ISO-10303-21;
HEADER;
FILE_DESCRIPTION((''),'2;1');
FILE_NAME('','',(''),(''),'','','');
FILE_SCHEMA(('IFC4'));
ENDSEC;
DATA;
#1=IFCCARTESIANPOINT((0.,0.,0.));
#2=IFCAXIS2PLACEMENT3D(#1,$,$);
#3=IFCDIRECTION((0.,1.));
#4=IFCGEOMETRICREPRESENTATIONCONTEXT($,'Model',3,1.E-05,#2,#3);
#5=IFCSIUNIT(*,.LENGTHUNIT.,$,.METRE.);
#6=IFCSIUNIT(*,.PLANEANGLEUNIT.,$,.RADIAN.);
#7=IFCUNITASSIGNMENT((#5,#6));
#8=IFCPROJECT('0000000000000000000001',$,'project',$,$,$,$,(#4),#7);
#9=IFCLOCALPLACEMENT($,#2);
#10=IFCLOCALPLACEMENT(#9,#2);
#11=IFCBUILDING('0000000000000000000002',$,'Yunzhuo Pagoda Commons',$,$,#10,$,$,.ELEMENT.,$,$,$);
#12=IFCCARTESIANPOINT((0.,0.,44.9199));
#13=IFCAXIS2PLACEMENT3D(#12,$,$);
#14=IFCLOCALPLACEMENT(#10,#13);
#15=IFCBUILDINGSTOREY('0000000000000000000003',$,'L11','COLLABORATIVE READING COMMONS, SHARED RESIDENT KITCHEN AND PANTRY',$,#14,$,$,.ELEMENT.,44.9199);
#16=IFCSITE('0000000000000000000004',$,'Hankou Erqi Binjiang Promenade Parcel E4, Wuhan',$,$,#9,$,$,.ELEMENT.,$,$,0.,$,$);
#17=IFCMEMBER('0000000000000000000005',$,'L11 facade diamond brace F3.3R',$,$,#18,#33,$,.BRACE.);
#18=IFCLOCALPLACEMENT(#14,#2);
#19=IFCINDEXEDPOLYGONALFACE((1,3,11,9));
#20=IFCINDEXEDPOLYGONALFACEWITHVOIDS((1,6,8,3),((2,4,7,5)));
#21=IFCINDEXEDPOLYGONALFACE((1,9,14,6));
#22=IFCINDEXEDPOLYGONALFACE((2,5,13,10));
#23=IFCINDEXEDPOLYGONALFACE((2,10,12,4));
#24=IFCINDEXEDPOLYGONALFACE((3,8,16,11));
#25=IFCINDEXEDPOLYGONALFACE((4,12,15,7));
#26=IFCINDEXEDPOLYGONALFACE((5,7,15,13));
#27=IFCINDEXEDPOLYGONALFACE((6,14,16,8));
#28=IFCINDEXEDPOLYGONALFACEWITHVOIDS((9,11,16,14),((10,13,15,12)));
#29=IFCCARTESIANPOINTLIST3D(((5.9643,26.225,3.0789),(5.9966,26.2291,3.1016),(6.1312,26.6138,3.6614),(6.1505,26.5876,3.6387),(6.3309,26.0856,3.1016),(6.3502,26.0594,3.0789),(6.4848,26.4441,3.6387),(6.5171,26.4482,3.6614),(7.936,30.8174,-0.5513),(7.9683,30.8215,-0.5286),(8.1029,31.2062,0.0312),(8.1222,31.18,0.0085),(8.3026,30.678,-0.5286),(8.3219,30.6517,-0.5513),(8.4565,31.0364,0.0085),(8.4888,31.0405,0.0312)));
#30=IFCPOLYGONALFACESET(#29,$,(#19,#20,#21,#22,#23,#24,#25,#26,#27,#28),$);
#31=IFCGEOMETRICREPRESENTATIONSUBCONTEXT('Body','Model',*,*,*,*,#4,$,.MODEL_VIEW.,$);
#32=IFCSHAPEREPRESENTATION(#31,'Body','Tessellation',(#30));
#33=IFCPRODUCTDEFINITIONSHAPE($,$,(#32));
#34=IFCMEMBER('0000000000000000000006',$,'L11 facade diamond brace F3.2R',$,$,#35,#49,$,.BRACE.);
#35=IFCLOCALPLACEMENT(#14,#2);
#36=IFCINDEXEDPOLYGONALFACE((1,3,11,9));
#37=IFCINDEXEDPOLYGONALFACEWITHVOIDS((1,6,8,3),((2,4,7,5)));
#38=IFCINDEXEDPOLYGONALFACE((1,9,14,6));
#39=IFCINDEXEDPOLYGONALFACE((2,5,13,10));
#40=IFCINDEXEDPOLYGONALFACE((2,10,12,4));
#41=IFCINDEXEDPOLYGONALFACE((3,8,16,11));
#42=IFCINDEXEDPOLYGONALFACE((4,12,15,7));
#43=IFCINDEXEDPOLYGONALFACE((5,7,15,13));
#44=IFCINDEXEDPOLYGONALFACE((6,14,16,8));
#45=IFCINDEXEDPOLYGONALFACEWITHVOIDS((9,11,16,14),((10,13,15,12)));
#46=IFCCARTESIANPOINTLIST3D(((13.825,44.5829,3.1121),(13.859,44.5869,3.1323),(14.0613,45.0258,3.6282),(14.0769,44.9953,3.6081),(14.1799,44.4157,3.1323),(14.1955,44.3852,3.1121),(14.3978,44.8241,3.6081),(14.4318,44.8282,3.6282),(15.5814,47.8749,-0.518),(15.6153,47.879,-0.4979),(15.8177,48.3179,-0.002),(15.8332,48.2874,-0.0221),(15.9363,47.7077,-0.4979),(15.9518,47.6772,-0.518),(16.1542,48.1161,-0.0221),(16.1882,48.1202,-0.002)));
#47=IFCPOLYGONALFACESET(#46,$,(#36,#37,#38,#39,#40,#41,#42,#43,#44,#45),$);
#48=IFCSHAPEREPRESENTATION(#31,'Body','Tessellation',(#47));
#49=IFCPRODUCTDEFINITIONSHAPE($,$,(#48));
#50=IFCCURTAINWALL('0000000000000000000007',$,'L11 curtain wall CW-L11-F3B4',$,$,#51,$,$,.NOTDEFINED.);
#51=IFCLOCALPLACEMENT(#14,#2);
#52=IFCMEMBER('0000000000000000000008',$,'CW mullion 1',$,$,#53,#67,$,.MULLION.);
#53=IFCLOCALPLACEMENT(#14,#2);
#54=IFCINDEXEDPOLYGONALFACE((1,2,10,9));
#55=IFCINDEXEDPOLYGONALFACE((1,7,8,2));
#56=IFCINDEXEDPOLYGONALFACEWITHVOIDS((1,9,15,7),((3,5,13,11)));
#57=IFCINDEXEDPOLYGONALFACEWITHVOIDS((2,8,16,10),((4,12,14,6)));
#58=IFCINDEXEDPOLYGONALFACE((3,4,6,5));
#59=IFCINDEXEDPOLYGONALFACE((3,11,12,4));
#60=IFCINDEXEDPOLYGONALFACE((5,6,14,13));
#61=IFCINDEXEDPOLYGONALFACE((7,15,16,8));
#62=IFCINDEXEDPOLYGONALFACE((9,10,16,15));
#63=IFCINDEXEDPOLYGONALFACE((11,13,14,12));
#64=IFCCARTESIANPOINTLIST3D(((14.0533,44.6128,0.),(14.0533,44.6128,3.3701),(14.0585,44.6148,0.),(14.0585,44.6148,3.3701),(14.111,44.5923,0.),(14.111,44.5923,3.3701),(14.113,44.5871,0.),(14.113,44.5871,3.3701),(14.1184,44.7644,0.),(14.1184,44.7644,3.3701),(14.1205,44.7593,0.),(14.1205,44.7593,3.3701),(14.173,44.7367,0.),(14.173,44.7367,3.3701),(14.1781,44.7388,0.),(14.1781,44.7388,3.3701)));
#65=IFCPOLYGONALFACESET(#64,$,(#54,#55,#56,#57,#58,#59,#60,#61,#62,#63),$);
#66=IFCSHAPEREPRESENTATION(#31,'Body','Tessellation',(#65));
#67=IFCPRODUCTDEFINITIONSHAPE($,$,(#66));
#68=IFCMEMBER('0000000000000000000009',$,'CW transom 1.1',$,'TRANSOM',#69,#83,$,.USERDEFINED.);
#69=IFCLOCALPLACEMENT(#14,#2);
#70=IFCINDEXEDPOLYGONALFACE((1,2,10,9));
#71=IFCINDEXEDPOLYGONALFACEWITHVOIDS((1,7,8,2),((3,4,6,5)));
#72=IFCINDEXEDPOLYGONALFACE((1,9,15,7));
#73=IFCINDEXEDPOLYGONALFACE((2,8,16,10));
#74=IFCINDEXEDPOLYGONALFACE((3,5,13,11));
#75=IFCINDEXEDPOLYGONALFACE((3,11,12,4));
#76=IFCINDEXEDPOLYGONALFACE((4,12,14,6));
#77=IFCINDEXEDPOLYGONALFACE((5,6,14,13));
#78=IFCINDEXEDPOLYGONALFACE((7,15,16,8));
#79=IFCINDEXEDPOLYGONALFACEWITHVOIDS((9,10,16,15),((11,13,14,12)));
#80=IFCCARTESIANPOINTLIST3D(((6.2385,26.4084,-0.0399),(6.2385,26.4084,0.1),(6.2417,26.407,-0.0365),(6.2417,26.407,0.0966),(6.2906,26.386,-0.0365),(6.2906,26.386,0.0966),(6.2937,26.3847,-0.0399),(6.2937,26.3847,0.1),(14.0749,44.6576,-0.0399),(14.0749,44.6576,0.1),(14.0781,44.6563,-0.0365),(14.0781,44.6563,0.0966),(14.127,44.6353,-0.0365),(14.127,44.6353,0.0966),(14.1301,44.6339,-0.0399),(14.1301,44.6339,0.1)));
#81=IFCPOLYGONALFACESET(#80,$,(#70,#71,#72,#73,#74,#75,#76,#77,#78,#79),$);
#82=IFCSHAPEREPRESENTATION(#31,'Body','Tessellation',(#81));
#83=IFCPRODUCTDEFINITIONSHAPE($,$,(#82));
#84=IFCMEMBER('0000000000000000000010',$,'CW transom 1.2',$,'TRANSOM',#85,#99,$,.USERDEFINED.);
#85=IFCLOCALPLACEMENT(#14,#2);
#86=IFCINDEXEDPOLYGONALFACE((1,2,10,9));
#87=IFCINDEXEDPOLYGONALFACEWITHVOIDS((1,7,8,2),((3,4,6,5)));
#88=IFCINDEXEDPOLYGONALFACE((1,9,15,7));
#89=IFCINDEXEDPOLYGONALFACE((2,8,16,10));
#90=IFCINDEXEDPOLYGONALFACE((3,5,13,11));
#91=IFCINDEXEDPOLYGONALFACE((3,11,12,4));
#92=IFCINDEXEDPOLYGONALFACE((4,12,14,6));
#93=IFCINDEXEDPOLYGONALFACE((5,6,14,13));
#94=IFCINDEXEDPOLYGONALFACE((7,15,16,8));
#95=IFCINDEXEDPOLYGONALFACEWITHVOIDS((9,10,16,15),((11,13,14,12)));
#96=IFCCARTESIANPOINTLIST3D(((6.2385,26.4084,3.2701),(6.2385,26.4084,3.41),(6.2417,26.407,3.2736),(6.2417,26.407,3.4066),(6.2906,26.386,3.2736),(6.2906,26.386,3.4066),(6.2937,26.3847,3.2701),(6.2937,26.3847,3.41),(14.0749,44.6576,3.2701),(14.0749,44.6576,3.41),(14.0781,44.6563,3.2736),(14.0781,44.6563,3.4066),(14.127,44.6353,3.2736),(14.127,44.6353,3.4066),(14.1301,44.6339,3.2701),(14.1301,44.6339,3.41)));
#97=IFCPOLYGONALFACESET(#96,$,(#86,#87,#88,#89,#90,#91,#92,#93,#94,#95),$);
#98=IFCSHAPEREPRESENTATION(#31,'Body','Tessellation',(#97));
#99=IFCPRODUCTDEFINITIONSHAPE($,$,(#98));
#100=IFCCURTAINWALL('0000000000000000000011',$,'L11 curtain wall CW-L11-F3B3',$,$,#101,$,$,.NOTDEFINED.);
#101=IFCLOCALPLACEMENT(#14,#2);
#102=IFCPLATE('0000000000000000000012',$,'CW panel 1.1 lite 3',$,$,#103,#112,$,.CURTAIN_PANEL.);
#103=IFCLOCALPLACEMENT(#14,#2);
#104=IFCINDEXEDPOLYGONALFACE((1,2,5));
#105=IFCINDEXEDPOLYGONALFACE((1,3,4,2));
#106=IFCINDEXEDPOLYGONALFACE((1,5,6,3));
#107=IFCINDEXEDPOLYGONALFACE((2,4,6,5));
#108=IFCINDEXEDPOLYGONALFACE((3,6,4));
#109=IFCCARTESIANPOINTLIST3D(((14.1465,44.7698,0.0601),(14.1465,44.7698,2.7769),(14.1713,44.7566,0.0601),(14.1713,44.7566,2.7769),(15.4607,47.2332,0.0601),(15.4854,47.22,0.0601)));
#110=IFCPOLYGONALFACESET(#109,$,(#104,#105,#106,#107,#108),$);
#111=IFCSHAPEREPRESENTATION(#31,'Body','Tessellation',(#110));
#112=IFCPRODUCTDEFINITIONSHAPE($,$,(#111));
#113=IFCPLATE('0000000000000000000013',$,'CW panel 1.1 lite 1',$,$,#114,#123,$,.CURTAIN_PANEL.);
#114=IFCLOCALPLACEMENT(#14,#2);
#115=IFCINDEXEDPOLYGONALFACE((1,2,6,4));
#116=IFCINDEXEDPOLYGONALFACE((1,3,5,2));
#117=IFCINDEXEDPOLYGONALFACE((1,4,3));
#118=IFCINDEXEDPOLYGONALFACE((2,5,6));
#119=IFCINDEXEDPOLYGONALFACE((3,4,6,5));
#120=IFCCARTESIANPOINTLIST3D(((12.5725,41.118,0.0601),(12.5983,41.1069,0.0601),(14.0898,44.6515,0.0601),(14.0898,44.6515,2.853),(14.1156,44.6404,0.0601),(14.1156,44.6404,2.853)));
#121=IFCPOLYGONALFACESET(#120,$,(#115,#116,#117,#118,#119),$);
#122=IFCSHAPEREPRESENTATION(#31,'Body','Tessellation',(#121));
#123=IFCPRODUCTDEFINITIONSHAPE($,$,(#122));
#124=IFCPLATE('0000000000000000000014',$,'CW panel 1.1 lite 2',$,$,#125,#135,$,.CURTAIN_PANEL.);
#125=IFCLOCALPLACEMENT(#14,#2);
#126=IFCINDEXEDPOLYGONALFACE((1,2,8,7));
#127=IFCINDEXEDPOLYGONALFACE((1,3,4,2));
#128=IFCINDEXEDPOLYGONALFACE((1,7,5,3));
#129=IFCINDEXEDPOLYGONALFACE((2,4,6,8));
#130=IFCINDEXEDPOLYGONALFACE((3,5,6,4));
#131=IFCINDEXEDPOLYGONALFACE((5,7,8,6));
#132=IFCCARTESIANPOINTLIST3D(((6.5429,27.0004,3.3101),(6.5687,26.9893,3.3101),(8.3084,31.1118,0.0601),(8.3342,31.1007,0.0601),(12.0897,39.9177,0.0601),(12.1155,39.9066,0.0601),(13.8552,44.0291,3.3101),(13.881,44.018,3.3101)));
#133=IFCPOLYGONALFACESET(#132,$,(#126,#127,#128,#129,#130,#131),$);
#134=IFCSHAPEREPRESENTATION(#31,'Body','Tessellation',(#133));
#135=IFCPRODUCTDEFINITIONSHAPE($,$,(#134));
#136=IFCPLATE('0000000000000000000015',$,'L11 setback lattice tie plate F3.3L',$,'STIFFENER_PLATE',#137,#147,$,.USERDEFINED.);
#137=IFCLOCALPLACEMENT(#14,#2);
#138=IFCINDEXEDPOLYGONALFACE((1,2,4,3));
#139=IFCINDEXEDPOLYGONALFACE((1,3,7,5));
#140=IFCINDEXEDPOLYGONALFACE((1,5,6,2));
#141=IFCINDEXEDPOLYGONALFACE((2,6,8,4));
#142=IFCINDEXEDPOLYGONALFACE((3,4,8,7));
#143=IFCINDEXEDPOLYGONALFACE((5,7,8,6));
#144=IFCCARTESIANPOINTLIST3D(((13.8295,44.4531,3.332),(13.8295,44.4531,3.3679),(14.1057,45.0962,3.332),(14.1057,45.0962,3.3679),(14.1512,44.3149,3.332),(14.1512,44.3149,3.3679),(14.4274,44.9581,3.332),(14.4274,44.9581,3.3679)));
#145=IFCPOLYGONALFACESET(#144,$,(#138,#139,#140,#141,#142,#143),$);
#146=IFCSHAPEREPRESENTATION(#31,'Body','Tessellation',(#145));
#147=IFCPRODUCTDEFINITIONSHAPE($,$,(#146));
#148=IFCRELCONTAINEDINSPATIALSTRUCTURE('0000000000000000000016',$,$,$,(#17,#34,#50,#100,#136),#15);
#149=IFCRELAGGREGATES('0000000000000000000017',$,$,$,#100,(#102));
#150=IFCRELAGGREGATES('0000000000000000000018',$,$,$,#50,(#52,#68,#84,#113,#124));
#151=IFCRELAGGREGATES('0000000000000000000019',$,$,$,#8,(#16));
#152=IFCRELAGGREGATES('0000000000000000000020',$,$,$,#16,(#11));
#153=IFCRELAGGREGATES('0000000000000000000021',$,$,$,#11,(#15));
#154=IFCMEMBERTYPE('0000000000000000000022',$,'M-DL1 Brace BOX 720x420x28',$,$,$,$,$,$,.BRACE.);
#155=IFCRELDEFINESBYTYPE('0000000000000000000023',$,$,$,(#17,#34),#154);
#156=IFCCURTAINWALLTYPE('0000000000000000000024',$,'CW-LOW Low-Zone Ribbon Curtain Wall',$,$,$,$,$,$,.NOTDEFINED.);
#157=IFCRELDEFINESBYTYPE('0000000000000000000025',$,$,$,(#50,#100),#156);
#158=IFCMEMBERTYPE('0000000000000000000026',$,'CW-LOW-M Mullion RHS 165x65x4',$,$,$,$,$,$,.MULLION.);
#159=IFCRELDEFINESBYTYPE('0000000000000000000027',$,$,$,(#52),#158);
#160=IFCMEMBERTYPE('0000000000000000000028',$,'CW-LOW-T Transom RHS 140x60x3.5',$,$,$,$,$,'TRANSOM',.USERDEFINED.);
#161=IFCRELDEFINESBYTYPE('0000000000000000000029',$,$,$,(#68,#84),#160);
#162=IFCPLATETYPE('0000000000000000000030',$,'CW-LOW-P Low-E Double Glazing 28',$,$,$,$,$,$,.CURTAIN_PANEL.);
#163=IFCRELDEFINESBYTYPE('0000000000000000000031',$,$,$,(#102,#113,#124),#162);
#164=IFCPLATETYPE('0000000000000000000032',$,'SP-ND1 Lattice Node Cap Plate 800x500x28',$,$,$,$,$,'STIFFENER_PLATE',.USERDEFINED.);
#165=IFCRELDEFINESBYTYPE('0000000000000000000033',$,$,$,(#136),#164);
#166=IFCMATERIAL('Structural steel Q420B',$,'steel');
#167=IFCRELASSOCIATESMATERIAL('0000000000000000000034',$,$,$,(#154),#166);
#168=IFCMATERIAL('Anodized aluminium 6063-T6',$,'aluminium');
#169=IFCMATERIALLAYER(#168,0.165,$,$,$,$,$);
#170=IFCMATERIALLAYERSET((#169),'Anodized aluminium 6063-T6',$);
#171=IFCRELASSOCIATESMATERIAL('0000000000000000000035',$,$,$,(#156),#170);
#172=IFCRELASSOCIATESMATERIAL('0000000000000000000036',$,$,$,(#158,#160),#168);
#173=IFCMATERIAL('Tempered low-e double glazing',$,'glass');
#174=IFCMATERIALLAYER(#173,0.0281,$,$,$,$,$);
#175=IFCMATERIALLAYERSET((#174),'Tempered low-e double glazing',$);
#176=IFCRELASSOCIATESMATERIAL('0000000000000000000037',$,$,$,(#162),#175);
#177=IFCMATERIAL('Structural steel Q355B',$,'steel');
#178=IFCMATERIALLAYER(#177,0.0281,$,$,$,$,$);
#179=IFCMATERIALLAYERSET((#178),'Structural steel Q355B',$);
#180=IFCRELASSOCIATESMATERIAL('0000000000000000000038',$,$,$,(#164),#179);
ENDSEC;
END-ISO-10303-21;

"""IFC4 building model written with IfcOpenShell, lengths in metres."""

from ifc_helpers import new_model, si_unit, direction, frame, origin, origin_2d, place, context, subcontext, project, spatial, polyline, rectangle, hollow_rectangle, outline, extrude, source, transform, mapped, material, layer, layer_set, material_profile, profile_set, type_object, element, aggregate, save


model = new_model("IFC4")

# Units and contexts
model_context = context("Model", 3, precision=1e-05, world=origin(), true_north=direction((0.0, 1.0)))
body_context = subcontext(model_context, "Body", "Model", "MODEL_VIEW")
ifc_project = project(units=[si_unit("LENGTHUNIT", "METRE"), si_unit("PLANEANGLEUNIT", "RADIAN")], contexts=[model_context])

# Site, building, storey
site_placement = place(None, origin())
site = spatial("IfcSite", under=ifc_project, at=site_placement, Name="Hankou Erqi Binjiang Promenade Parcel E4, Wuhan", CompositionType="ELEMENT", RefElevation=0.0)
building_placement = place(site_placement, origin())
building = spatial("IfcBuilding", under=site, at=building_placement, Name="Yunzhuo Pagoda Commons", CompositionType="ELEMENT")
storey_placement = place(building_placement, frame((0.0, 0.0, 44.9199)))
storey = spatial("IfcBuildingStorey", under=building, at=storey_placement, Name="L11", Description="COLLABORATIVE READING COMMONS, SHARED RESIDENT KITCHEN AND PANTRY", CompositionType="ELEMENT", Elevation=44.9199)

# Shared definitions
ifc_material_1 = material(Name="Structural steel Q420B", Category="steel")

# Shared definitions
ifc_material_2 = material(Name="Structural steel Q355B", Category="steel")

# Members
ifc_material_profile_1 = material_profile(ifc_material_1, hollow_rectangle(XDim=0.4199, YDim=0.72, WallThickness=0.0281, at=origin_2d()), Name="Structural steel Q420B")
ifc_profile_set_1 = profile_set([ifc_material_profile_1], Name="Structural steel Q420B")
member_type_1 = type_object("IfcMemberType", Name="M-DL1 Brace BOX 720x420x28", PredefinedType="BRACE", material=ifc_profile_set_1)
shared_shape_1 = source(origin(), body_context, "Body", "SweptSolid", [
    extrude(hollow_rectangle(XDim=0.4199, YDim=0.72, WallThickness=0.0281, at=origin_2d()), origin(), (0.0, 0.0, 1.0), 6.177),
])
for number, where, z_axis, x_axis, name in (
    (1, (8.2124, 30.929, -0.26), (-0.319201, -0.743458, 0.587691), (0.918887, -0.394521, 0.0), "L11 facade diamond brace F3.3R"),
):
    element("IfcMember", number, at=place(storey_placement, frame(where, z_axis=z_axis, x_axis=x_axis)), inside=storey, type_object=member_type_1, Name=name, PredefinedType="BRACE", context=body_context, shape_type="MappedRepresentation", body=[
        mapped(shared_shape_1, transform((0.0, 0.0, 0.0), scale=1.0)),
    ])
shared_shape_2 = source(origin(), body_context, "Body", "SweptSolid", [
    extrude(hollow_rectangle(XDim=0.4199, YDim=0.72, WallThickness=0.0281, at=origin_2d()), origin(), (0.0, 0.0, 1.0), 5.2058),
])
member_1_placement = place(storey_placement, frame((15.8848, 47.9976, -0.26), z_axis=(-0.337386, -0.632377, 0.697331), x_axis=(0.882284, -0.470717, 0.0)))
element("IfcMember", 2, at=member_1_placement, inside=storey, type_object=member_type_1, Name="L11 facade diamond brace F3.2R", PredefinedType="BRACE", context=body_context, shape_type="MappedRepresentation", body=[
    mapped(shared_shape_2, transform((0.0, 0.0, 0.0), scale=1.0)),
])

# Curtain wall, members
ifc_material_3 = material(Name="Anodized aluminium 6063-T6", Category="aluminium")
ifc_layer_1 = layer(ifc_material_3, 0.165)
ifc_layer_set_1 = layer_set([ifc_layer_1], Name="Anodized aluminium 6063-T6")
curtain_wall_type = type_object("IfcCurtainWallType", Name="CW-LOW Low-Zone Ribbon Curtain Wall", PredefinedType="NOTDEFINED", material=ifc_layer_set_1)
curtain_wall_1_placement = place(storey_placement, origin())
curtain_wall_1 = element("IfcCurtainWall", 3, at=curtain_wall_1_placement, inside=storey, type_object=curtain_wall_type, Name="L11 curtain wall CW-L11-F3B4", PredefinedType="NOTDEFINED")
ifc_material_profile_2 = material_profile(ifc_material_3, hollow_rectangle(XDim=0.0649, YDim=0.165, WallThickness=0.0039, at=origin_2d()), Name="Anodized aluminium 6063-T6")
ifc_profile_set_2 = profile_set([ifc_material_profile_2], Name="Anodized aluminium 6063-T6")
member_type_2 = type_object("IfcMemberType", Name="CW-LOW-M Mullion RHS 165x65x4", PredefinedType="MULLION", material=ifc_profile_set_2)
shared_shape_3 = source(origin(), body_context, "Body", "SweptSolid", [
    extrude(hollow_rectangle(XDim=0.0649, YDim=0.165, WallThickness=0.0039, at=origin_2d()), origin(), (0.0, 0.0, 1.0), 3.3701),
])
member_2_placement = place(storey_placement, frame((14.1157, 44.6758, 0.0), z_axis=(0.0, 0.0, 1.0), x_axis=(0.918866, -0.394571, 0.0)))
member_2 = element("IfcMember", 4, at=member_2_placement, type_object=member_type_2, Name="CW mullion 1", PredefinedType="MULLION", context=body_context, shape_type="MappedRepresentation", body=[
    mapped(shared_shape_3, transform((0.0, 0.0, 0.0), scale=1.0)),
])
ifc_material_profile_3 = material_profile(ifc_material_3, hollow_rectangle(XDim=0.0601, YDim=0.1399, WallThickness=0.0034, at=origin_2d()), Name="Anodized aluminium 6063-T6")
ifc_profile_set_3 = profile_set([ifc_material_profile_3], Name="Anodized aluminium 6063-T6")
member_type_3 = type_object("IfcMemberType", Name="CW-LOW-T Transom RHS 140x60x3.5", ElementType="TRANSOM", PredefinedType="USERDEFINED", material=ifc_profile_set_3)
shared_shape_4 = source(origin(), body_context, "Body", "SweptSolid", [
    extrude(hollow_rectangle(XDim=0.0601, YDim=0.1399, WallThickness=0.0034, at=origin_2d()), origin(), (0.0, 0.0, 1.0), 19.8606),
])
member_3_placement = place(storey_placement, frame((14.1025, 44.6458, 0.03), z_axis=(-0.39457, -0.918866, 0.0), x_axis=(0.918866, -0.39457, 0.0)))
member_3 = element("IfcMember", 5, at=member_3_placement, type_object=member_type_3, Name="CW transom 1.1", ObjectType="TRANSOM", PredefinedType="USERDEFINED", context=body_context, shape_type="MappedRepresentation", body=[
    mapped(shared_shape_4, transform((0.0, 0.0, 0.0), scale=1.0)),
])
member_4_placement = place(storey_placement, frame((14.1025, 44.6458, 3.3401), z_axis=(-0.39457, -0.918866, 0.0), x_axis=(0.918866, -0.39457, 0.0)))
member_4 = element("IfcMember", 6, at=member_4_placement, type_object=member_type_3, Name="CW transom 1.2", ObjectType="TRANSOM", PredefinedType="USERDEFINED", context=body_context, shape_type="MappedRepresentation", body=[
    mapped(shared_shape_4, transform((0.0, 0.0, 0.0), scale=1.0)),
])

# Curtain wall, plate
curtain_wall_2_placement = place(storey_placement, origin())
curtain_wall_2 = element("IfcCurtainWall", 7, at=curtain_wall_2_placement, inside=storey, type_object=curtain_wall_type, Name="L11 curtain wall CW-L11-F3B3", PredefinedType="NOTDEFINED")
ifc_material_4 = material(Name="Tempered low-e double glazing", Category="glass")
ifc_layer_2 = layer(ifc_material_4, 0.0281)
ifc_layer_set_2 = layer_set([ifc_layer_2], Name="Tempered low-e double glazing")
plate_type_1 = type_object("IfcPlateType", Name="CW-LOW-P Low-E Double Glazing 28", PredefinedType="CURTAIN_PANEL", material=ifc_layer_set_2)
plate_1_placement = place(storey_placement, frame((14.8284, 45.9883, 1.4185), z_axis=(-0.882309, 0.47067, 0.0), x_axis=(-0.47067, -0.882309, 0.0)))
plate_1 = element("IfcPlate", 8, at=plate_1_placement, type_object=plate_type_1, Name="CW panel 1.1 lite 3", PredefinedType="CURTAIN_PANEL", context=body_context, shape_type="SweptSolid", body=[
    extrude(outline(polyline([(-1.396, -1.3584), (1.396, -1.3584), (1.396, 1.3584), (-1.396, -1.3584)])), origin(), (0.0, 0.0, 1.0), 0.0281),
])
aggregate(curtain_wall_2, [plate_1])

# Plates
plate_2_placement = place(storey_placement, frame((13.3569, 42.8735, 1.4565), z_axis=(-0.918866, 0.394571, 0.0), x_axis=(-0.394571, -0.918866, 0.0)))
plate_2 = element("IfcPlate", 9, at=plate_2_placement, type_object=plate_type_1, Name="CW panel 1.1 lite 1", PredefinedType="CURTAIN_PANEL", context=body_context, shape_type="SweptSolid", body=[
    extrude(outline(polyline([(-1.9229, -1.3965), (1.9226, -1.3965), (-1.9229, 1.3965), (-1.9229, -1.3965)])), origin(), (0.0, 0.0, 1.0), 0.0281),
])
plate_3_placement = place(storey_placement, frame((10.2249, 35.5037, 1.6851), z_axis=(-0.918866, 0.394571, 0.0), x_axis=(-0.394571, -0.918866, 0.0)))
plate_3 = element("IfcPlate", 10, at=plate_3_placement, type_object=plate_type_1, Name="CW panel 1.1 lite 2", PredefinedType="CURTAIN_PANEL", context=body_context, shape_type="SweptSolid", body=[
    extrude(outline(polyline([(-9.2661, 1.625), (-4.7917, -1.625), (4.7917, -1.625), (9.2661, 1.625), (-9.2661, 1.625)])), origin(), (0.0, 0.0, 1.0), 0.0281),
])
aggregate(curtain_wall_1, [member_2, member_3, member_4, plate_2, plate_3])
ifc_layer_3 = layer(ifc_material_2, 0.0281)
ifc_layer_set_3 = layer_set([ifc_layer_3], Name="Structural steel Q355B")
plate_type_2 = type_object("IfcPlateType", Name="SP-ND1 Lattice Node Cap Plate 800x500x28", ElementType="STIFFENER_PLATE", PredefinedType="USERDEFINED", material=ifc_layer_set_3)
shared_shape_5 = source(origin(), body_context, "Body", "SweptSolid", [
    extrude(rectangle(XDim=0.7, YDim=0.3501, at=origin_2d()), origin(), (0.0, 0.0, 1.0), 0.0359),
])
plate_4_placement = place(storey_placement, frame((14.1284, 44.7056, 3.332), z_axis=(0.0, 0.0, 1.0), x_axis=(-0.394567, -0.918867, 0.0)))
element("IfcPlate", 11, at=plate_4_placement, inside=storey, type_object=plate_type_2, Name="L11 setback lattice tie plate F3.3L", ObjectType="STIFFENER_PLATE", PredefinedType="USERDEFINED", context=body_context, shape_type="MappedRepresentation", body=[
    mapped(shared_shape_5, transform((0.0, 0.0, 0.0), scale=1.0)),
])

save(model, "model.ifc")
